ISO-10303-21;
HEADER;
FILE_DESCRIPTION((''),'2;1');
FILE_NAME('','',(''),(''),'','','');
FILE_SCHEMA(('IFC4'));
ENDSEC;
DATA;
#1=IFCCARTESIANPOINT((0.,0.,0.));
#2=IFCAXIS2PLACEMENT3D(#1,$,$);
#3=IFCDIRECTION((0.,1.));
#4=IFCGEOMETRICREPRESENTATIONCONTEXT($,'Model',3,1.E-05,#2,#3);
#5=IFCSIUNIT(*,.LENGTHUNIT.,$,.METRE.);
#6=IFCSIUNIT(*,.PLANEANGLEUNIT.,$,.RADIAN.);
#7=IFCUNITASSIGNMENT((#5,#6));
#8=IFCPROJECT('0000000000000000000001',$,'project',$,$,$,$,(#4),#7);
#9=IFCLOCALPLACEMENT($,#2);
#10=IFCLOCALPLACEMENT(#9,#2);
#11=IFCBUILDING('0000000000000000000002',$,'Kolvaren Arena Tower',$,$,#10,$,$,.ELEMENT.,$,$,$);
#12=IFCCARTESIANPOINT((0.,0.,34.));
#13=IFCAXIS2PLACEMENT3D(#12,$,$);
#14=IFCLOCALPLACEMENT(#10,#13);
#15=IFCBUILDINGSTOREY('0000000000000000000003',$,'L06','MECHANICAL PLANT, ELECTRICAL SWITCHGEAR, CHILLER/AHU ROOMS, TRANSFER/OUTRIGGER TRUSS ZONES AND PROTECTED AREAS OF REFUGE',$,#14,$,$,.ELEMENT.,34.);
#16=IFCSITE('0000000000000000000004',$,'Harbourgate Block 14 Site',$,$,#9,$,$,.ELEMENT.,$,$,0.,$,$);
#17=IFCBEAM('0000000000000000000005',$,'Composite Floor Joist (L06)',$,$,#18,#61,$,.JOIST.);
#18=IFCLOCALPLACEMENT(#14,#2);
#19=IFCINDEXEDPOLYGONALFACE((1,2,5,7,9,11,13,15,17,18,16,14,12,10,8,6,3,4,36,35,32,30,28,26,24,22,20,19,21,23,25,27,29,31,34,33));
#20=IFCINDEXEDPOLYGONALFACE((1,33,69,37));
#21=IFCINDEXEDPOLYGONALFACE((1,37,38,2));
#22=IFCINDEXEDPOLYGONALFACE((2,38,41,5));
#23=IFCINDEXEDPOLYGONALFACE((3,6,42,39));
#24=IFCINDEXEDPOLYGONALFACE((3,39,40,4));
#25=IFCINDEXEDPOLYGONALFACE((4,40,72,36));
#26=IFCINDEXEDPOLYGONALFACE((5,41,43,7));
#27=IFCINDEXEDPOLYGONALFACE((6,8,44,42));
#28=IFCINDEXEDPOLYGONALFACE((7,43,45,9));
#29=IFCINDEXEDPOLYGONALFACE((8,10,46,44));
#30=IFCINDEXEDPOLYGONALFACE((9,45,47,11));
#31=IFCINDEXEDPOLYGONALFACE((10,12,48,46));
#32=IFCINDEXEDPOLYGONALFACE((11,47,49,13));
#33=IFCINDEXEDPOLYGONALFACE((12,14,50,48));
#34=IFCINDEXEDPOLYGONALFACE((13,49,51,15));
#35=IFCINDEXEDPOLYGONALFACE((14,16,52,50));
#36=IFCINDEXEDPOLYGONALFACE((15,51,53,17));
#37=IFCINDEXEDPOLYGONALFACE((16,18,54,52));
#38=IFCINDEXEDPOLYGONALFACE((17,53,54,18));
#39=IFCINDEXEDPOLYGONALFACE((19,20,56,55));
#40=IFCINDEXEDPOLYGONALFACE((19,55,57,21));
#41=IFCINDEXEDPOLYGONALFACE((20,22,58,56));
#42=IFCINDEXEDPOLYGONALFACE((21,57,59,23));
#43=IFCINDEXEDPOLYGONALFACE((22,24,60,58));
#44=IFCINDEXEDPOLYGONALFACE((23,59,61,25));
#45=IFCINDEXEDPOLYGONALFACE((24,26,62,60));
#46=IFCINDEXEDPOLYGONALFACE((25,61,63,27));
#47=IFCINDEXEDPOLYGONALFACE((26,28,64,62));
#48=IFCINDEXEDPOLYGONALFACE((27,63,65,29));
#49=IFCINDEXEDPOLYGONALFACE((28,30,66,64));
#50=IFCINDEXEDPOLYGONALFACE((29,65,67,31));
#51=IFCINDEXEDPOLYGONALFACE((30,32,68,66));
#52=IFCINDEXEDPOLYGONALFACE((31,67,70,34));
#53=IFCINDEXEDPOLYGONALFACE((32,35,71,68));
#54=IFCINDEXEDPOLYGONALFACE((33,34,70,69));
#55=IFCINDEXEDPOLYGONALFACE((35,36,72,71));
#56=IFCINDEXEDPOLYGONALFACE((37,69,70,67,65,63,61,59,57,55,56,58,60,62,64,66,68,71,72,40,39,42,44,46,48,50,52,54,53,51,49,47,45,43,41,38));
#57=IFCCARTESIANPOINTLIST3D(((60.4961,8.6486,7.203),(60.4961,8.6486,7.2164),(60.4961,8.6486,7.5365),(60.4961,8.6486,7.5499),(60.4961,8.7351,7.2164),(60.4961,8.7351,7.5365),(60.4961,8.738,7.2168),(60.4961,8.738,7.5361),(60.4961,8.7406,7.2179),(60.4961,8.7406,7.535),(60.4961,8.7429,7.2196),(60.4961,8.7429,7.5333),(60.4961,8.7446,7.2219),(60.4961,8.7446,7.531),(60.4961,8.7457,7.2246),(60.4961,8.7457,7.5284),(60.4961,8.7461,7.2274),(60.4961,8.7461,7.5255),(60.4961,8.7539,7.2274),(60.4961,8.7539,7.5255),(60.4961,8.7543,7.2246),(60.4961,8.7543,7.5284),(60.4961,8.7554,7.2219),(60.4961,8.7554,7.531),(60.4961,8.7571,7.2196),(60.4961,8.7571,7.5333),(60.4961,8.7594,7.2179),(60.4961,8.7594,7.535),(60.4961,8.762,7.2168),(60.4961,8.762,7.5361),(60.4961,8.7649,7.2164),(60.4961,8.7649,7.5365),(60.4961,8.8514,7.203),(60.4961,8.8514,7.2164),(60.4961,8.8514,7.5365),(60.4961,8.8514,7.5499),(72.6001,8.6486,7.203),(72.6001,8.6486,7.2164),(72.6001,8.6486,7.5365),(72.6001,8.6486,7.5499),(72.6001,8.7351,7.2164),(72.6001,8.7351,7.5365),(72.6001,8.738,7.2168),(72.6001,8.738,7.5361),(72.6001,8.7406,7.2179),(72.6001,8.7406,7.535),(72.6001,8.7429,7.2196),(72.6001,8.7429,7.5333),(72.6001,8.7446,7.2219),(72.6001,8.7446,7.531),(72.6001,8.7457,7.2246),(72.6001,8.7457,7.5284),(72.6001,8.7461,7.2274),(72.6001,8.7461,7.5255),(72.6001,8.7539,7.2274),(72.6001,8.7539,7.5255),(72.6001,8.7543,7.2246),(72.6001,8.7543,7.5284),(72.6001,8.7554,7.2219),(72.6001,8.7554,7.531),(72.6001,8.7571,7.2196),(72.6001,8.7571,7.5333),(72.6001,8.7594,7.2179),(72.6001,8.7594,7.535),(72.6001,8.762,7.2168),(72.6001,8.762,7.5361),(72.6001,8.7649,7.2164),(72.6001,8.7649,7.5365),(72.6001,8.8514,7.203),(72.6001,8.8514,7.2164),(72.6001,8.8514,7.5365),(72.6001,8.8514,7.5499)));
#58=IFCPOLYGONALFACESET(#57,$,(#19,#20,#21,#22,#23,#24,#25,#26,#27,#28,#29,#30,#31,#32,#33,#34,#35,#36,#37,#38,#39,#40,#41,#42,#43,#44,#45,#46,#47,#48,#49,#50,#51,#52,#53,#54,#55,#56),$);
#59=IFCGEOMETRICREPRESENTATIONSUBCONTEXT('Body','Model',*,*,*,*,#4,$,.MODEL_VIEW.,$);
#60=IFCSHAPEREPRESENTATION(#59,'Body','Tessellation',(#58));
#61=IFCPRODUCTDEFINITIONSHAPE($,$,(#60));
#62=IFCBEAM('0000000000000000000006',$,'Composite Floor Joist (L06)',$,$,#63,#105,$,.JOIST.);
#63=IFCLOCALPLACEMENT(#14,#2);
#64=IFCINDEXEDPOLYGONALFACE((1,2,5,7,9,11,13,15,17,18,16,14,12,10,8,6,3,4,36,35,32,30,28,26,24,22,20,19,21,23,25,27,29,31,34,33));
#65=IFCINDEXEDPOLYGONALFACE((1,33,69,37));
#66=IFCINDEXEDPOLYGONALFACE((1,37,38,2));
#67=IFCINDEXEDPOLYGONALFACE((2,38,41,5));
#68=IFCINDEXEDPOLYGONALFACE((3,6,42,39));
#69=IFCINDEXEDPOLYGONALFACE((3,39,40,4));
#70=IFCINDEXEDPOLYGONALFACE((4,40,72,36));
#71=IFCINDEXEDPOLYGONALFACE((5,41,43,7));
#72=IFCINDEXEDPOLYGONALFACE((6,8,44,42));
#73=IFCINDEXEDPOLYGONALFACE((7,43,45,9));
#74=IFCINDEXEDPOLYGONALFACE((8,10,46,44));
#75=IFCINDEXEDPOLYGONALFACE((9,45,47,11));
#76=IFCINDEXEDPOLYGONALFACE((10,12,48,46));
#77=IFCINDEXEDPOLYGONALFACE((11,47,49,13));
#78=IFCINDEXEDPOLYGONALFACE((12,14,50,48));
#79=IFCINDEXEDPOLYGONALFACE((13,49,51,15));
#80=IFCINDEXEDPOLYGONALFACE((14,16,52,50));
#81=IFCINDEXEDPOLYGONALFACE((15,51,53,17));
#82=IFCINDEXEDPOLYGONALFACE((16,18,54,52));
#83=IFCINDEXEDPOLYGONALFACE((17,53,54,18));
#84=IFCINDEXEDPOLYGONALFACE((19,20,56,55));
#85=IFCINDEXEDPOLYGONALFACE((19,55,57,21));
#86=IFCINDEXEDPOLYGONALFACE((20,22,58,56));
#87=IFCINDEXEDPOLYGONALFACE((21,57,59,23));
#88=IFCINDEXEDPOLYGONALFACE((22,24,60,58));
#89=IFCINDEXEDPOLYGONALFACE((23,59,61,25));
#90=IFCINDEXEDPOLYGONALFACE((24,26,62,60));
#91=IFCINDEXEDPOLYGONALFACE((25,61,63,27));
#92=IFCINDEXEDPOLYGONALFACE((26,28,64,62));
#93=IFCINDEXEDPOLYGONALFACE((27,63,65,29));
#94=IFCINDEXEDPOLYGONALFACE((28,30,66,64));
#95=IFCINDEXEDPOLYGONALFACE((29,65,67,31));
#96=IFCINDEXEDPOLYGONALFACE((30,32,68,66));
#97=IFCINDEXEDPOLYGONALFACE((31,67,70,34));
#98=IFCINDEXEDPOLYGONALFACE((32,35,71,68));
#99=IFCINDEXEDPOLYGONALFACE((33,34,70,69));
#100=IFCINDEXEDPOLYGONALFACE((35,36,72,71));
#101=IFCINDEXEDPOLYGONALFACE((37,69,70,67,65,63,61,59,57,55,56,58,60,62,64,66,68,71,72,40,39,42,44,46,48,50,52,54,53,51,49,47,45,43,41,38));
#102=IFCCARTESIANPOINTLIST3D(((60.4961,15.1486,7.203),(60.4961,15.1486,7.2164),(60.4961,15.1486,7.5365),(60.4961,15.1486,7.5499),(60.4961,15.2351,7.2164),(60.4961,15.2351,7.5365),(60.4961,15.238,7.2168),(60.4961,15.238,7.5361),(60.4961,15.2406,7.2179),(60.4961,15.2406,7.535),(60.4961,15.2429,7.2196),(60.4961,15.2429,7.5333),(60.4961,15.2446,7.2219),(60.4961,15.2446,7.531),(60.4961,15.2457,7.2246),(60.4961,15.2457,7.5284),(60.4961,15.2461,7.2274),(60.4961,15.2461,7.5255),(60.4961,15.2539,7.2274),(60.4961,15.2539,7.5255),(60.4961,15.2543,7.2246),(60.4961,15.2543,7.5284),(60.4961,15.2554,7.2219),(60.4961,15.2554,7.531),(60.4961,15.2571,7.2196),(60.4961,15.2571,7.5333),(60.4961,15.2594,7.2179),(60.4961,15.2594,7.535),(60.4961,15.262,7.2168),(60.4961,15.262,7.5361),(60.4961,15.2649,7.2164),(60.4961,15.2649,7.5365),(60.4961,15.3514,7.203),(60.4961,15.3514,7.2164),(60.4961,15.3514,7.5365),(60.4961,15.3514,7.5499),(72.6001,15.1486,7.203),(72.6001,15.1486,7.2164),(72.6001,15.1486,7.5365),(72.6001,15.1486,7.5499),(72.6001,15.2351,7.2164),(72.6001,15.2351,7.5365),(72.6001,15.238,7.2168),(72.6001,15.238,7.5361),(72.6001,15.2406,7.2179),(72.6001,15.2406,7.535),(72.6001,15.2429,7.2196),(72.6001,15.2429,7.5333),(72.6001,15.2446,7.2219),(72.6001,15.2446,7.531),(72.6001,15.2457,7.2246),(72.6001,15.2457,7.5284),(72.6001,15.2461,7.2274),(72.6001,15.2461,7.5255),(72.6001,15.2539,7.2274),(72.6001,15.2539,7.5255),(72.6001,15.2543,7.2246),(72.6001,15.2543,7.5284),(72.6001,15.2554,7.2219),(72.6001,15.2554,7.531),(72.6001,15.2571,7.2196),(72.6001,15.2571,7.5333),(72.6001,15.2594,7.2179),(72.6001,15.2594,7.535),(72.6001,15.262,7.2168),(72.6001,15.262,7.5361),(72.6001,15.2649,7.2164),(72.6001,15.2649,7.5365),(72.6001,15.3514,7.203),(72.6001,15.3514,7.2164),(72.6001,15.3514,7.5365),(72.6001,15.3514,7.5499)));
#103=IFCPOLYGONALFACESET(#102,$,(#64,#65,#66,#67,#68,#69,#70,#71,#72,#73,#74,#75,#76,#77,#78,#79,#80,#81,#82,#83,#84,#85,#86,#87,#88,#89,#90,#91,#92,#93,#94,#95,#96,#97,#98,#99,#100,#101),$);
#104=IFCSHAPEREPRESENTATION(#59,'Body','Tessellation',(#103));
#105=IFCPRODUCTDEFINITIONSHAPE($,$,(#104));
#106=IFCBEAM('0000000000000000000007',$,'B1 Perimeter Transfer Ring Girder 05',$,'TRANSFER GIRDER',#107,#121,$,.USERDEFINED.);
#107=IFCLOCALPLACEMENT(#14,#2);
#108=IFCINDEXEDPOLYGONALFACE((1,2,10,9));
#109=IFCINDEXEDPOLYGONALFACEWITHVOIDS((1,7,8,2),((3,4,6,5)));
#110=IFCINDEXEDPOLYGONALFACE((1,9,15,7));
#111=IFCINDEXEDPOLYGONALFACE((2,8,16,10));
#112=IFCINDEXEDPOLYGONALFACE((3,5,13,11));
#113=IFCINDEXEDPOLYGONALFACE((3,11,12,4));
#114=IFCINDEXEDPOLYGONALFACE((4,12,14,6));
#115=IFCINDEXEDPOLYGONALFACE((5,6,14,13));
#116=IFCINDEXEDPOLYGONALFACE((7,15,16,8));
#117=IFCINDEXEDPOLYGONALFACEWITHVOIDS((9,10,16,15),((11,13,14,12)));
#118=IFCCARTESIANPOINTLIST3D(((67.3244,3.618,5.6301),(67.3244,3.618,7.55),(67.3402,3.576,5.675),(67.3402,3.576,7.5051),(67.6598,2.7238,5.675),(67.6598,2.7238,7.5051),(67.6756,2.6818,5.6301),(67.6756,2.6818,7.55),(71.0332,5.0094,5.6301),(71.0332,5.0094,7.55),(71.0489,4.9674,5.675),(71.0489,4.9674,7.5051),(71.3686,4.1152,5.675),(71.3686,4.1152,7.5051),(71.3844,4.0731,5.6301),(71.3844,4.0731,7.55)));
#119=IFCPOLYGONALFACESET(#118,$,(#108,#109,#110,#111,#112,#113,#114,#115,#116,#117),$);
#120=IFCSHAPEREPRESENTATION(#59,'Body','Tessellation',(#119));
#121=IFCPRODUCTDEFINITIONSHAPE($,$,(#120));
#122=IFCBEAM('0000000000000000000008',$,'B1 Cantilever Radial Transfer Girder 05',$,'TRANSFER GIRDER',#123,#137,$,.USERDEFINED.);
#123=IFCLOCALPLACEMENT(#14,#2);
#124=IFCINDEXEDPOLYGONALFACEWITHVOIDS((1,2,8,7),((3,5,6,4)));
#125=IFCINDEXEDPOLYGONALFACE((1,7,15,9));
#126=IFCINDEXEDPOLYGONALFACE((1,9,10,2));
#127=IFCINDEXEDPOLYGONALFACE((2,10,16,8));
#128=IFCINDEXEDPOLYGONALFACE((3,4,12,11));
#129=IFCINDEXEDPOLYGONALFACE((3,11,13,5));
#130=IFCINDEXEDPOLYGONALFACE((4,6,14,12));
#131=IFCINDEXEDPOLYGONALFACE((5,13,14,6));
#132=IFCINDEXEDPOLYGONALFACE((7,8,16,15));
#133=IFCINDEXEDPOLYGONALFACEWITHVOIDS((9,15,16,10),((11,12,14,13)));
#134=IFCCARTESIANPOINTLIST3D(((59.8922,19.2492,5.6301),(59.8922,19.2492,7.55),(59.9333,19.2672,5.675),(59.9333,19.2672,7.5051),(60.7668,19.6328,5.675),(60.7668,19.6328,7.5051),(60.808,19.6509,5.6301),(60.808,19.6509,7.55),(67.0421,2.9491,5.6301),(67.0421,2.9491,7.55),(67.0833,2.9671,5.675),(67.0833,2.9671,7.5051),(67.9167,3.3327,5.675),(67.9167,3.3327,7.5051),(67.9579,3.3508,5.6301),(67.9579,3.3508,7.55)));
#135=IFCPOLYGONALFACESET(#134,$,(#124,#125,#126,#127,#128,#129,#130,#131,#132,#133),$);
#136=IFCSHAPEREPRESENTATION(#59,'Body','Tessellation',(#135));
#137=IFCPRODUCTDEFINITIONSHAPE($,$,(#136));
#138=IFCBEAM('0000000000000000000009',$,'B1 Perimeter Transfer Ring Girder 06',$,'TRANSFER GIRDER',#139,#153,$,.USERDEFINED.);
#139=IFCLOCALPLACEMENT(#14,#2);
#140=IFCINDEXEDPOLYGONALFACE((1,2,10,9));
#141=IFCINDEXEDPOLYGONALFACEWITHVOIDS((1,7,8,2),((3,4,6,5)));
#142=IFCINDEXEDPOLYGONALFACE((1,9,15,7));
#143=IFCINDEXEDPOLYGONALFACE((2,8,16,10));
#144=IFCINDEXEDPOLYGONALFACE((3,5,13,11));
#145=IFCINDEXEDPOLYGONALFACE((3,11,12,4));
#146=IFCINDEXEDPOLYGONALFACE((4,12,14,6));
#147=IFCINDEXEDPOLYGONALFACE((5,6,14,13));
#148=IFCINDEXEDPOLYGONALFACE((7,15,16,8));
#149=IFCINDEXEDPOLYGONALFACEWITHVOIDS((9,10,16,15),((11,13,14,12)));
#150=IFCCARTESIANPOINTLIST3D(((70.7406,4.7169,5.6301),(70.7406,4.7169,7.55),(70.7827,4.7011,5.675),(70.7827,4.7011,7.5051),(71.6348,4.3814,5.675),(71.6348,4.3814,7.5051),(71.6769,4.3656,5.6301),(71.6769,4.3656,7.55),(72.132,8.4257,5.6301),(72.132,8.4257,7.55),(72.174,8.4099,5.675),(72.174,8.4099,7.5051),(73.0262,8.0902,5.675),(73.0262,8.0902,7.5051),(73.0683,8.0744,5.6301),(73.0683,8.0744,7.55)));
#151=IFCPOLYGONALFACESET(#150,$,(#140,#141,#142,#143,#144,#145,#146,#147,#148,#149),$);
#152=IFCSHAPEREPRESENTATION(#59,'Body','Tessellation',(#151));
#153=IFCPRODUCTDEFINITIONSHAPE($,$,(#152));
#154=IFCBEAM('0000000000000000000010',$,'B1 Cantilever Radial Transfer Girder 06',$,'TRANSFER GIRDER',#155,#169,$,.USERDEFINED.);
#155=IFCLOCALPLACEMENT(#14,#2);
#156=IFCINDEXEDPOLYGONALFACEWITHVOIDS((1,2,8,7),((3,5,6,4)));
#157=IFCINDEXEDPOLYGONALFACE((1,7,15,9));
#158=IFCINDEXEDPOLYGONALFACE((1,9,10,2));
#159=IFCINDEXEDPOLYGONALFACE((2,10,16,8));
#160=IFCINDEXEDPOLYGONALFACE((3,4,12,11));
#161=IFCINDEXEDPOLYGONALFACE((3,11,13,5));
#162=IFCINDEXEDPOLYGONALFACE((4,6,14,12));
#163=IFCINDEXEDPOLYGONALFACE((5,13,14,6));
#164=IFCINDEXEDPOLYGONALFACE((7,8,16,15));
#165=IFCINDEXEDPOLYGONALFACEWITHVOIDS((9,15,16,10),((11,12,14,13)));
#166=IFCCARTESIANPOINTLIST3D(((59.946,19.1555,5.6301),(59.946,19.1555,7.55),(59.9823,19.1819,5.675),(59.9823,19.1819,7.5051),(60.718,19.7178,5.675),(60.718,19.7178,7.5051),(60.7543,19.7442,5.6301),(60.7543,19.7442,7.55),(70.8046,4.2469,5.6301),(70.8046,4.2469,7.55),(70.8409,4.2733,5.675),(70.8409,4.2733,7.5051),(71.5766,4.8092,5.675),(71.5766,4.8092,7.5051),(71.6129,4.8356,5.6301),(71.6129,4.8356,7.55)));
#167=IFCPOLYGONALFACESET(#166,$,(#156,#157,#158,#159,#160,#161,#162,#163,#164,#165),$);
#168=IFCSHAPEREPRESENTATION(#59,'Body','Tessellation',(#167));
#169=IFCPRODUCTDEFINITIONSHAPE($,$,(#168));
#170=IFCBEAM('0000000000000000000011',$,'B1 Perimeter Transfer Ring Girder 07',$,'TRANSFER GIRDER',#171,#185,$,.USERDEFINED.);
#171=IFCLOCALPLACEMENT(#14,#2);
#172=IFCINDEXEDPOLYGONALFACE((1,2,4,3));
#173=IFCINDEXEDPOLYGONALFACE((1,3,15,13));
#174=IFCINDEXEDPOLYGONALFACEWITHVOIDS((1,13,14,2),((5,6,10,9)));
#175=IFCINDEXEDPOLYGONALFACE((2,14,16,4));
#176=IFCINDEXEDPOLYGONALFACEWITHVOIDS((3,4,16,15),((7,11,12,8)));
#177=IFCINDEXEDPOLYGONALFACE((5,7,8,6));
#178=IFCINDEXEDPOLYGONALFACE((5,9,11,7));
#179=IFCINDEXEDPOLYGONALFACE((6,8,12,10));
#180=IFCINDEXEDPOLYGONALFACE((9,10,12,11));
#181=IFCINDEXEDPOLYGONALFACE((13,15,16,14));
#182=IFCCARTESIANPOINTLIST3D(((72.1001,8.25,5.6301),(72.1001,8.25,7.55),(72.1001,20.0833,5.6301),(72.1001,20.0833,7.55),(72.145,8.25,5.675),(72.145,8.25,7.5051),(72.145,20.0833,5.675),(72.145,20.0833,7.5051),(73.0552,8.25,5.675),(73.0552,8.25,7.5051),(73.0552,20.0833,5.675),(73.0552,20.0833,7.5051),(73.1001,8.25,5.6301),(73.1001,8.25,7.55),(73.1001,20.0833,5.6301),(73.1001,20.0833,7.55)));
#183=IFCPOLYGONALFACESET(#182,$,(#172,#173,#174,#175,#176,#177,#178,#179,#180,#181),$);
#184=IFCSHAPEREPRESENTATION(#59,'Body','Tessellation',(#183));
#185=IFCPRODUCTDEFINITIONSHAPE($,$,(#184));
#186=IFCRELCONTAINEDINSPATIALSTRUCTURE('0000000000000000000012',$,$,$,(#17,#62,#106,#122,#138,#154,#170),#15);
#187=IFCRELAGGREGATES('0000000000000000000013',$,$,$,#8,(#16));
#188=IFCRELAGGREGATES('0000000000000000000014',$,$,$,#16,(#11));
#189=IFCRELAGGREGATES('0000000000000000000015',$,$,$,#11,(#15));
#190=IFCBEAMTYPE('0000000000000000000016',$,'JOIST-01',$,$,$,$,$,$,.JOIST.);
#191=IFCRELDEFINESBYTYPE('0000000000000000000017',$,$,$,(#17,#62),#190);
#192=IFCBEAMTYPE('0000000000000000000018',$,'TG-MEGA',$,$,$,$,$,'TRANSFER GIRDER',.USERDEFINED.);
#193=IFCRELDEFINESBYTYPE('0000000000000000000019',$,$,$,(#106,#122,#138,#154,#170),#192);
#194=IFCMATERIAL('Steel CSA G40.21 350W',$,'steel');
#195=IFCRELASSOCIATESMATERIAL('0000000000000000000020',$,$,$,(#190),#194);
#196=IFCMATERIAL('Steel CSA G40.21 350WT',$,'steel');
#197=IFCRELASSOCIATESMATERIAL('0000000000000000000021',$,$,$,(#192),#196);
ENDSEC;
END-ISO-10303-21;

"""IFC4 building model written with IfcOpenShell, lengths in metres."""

from ifc_helpers import new_model, si_unit, direction, frame, origin, origin_2d, place, context, subcontext, project, spatial, hollow_rectangle, i_section, extrude, material, material_profile, profile_set, type_object, element, save


model = new_model("IFC4")

# Units and contexts
model_context = context("Model", 3, precision=1e-05, world=origin(), true_north=direction((0.0, 1.0)))
body_context = subcontext(model_context, "Body", "Model", "MODEL_VIEW")
ifc_project = project(units=[si_unit("LENGTHUNIT", "METRE"), si_unit("PLANEANGLEUNIT", "RADIAN")], contexts=[model_context])

# Site, building, storey
site_placement = place(None, origin())
site = spatial("IfcSite", under=ifc_project, at=site_placement, Name="Harbourgate Block 14 Site", CompositionType="ELEMENT", RefElevation=0.0)
building_placement = place(site_placement, origin())
building = spatial("IfcBuilding", under=site, at=building_placement, Name="Kolvaren Arena Tower", CompositionType="ELEMENT")
storey_placement = place(building_placement, frame((0.0, 0.0, 34.0)))
storey = spatial("IfcBuildingStorey", under=building, at=storey_placement, Name="L06", Description="MECHANICAL PLANT, ELECTRICAL SWITCHGEAR, CHILLER/AHU ROOMS, TRANSFER/OUTRIGGER TRUSS ZONES AND PROTECTED AREAS OF REFUGE", CompositionType="ELEMENT", Elevation=34.0)

# Shared definitions
ifc_material_1 = material(Name="Steel CSA G40.21 350W", Category="steel")

# Shared definitions
ifc_material_2 = material(Name="Steel CSA G40.21 350WT", Category="steel")

# Beams
ifc_material_profile_1 = material_profile(ifc_material_1, i_section(OverallWidth=0.2029, OverallDepth=0.3469, WebThickness=0.0078, FlangeThickness=0.0134, FilletRadius=0.011, at=origin_2d()), Name="W360x64")
ifc_profile_set_1 = profile_set([ifc_material_profile_1], Name="Steel CSA G40.21 350W")
beam_type_1 = type_object("IfcBeamType", Name="JOIST-01", PredefinedType="JOIST", material=ifc_profile_set_1)
for number, where, z_axis, x_axis, name in (
    (1, (60.4961, 8.75, 7.3765), (1.0, 0.0, 0.0), (0.0, 1.0, 0.0), "Composite Floor Joist (L06)"),
    (2, (60.4961, 15.25, 7.3765), (1.0, 0.0, 0.0), (0.0, 1.0, 0.0), "Composite Floor Joist (L06)"),
):
    element("IfcBeam", number, at=place(storey_placement, frame(where, z_axis=z_axis, x_axis=x_axis)), inside=storey, type_object=beam_type_1, Name=name, PredefinedType="JOIST", context=body_context, shape_type="SweptSolid", body=[
        extrude(i_section(OverallWidth=0.2029, OverallDepth=0.3469, WebThickness=0.0078, FlangeThickness=0.0134, FilletRadius=0.011, at=origin_2d()), origin(), (0.0, 0.0, 1.0), 12.104),
    ])
ifc_material_profile_2 = material_profile(ifc_material_2, hollow_rectangle(XDim=1.0, YDim=1.9199, WallThickness=0.0449, at=origin_2d()), Name="BOX 1000x1920x45")
ifc_profile_set_2 = profile_set([ifc_material_profile_2], Name="Steel CSA G40.21 350WT")
beam_type_2 = type_object("IfcBeamType", Name="TG-MEGA", ElementType="TRANSFER GIRDER", PredefinedType="USERDEFINED", material=ifc_profile_set_2)
beam_1_placement = place(storey_placement, frame((67.5, 3.1499, 6.5901), z_axis=(0.936281, 0.351252, 0.0), x_axis=(-0.351252, 0.936281, 0.0)))
element("IfcBeam", 3, at=beam_1_placement, inside=storey, type_object=beam_type_2, Name="B1 Perimeter Transfer Ring Girder 05", ObjectType="TRANSFER GIRDER", PredefinedType="USERDEFINED", context=body_context, shape_type="SweptSolid", body=[
    extrude(hollow_rectangle(XDim=1.0, YDim=1.9199, WallThickness=0.0449, at=origin_2d()), origin(), (0.0, 0.0, 1.0), 3.9612),
])
beam_2_placement = place(storey_placement, frame((67.5, 3.1499, 6.5901), z_axis=(-0.401697, 0.915773, 0.0), x_axis=(-0.915773, -0.401697, 0.0)))
element("IfcBeam", 4, at=beam_2_placement, inside=storey, type_object=beam_type_2, Name="B1 Cantilever Radial Transfer Girder 05", ObjectType="TRANSFER GIRDER", PredefinedType="USERDEFINED", context=body_context, shape_type="SweptSolid", body=[
    extrude(hollow_rectangle(XDim=1.0, YDim=1.9199, WallThickness=0.0449, at=origin_2d()), origin(), (0.0, 0.0, 1.0), 17.7993),
])
beam_3_placement = place(storey_placement, frame((71.2087, 4.5413, 6.5901), z_axis=(0.351252, 0.936281, 0.0), x_axis=(-0.936281, 0.351252, 0.0)))
element("IfcBeam", 5, at=beam_3_placement, inside=storey, type_object=beam_type_2, Name="B1 Perimeter Transfer Ring Girder 06", ObjectType="TRANSFER GIRDER", PredefinedType="USERDEFINED", context=body_context, shape_type="SweptSolid", body=[
    extrude(hollow_rectangle(XDim=1.0, YDim=1.9199, WallThickness=0.0449, at=origin_2d()), origin(), (0.0, 0.0, 1.0), 3.9612),
])
beam_4_placement = place(storey_placement, frame((71.2087, 4.5413, 6.5901), z_axis=(-0.588737, 0.808324, 0.0), x_axis=(-0.808324, -0.588737, 0.0)))
element("IfcBeam", 6, at=beam_4_placement, inside=storey, type_object=beam_type_2, Name="B1 Cantilever Radial Transfer Girder 06", ObjectType="TRANSFER GIRDER", PredefinedType="USERDEFINED", context=body_context, shape_type="SweptSolid", body=[
    extrude(hollow_rectangle(XDim=1.0, YDim=1.9199, WallThickness=0.0449, at=origin_2d()), origin(), (0.0, 0.0, 1.0), 18.4438),
])
beam_5_placement = place(storey_placement, frame((72.6001, 8.25, 6.5901), z_axis=(0.0, 1.0, 0.0), x_axis=(-1.0, 0.0, 0.0)))
element("IfcBeam", 7, at=beam_5_placement, inside=storey, type_object=beam_type_2, Name="B1 Perimeter Transfer Ring Girder 07", ObjectType="TRANSFER GIRDER", PredefinedType="USERDEFINED", context=body_context, shape_type="SweptSolid", body=[
    extrude(hollow_rectangle(XDim=1.0, YDim=1.9199, WallThickness=0.0449, at=origin_2d()), origin(), (0.0, 0.0, 1.0), 11.8333),
])

save(model, "model.ifc")
